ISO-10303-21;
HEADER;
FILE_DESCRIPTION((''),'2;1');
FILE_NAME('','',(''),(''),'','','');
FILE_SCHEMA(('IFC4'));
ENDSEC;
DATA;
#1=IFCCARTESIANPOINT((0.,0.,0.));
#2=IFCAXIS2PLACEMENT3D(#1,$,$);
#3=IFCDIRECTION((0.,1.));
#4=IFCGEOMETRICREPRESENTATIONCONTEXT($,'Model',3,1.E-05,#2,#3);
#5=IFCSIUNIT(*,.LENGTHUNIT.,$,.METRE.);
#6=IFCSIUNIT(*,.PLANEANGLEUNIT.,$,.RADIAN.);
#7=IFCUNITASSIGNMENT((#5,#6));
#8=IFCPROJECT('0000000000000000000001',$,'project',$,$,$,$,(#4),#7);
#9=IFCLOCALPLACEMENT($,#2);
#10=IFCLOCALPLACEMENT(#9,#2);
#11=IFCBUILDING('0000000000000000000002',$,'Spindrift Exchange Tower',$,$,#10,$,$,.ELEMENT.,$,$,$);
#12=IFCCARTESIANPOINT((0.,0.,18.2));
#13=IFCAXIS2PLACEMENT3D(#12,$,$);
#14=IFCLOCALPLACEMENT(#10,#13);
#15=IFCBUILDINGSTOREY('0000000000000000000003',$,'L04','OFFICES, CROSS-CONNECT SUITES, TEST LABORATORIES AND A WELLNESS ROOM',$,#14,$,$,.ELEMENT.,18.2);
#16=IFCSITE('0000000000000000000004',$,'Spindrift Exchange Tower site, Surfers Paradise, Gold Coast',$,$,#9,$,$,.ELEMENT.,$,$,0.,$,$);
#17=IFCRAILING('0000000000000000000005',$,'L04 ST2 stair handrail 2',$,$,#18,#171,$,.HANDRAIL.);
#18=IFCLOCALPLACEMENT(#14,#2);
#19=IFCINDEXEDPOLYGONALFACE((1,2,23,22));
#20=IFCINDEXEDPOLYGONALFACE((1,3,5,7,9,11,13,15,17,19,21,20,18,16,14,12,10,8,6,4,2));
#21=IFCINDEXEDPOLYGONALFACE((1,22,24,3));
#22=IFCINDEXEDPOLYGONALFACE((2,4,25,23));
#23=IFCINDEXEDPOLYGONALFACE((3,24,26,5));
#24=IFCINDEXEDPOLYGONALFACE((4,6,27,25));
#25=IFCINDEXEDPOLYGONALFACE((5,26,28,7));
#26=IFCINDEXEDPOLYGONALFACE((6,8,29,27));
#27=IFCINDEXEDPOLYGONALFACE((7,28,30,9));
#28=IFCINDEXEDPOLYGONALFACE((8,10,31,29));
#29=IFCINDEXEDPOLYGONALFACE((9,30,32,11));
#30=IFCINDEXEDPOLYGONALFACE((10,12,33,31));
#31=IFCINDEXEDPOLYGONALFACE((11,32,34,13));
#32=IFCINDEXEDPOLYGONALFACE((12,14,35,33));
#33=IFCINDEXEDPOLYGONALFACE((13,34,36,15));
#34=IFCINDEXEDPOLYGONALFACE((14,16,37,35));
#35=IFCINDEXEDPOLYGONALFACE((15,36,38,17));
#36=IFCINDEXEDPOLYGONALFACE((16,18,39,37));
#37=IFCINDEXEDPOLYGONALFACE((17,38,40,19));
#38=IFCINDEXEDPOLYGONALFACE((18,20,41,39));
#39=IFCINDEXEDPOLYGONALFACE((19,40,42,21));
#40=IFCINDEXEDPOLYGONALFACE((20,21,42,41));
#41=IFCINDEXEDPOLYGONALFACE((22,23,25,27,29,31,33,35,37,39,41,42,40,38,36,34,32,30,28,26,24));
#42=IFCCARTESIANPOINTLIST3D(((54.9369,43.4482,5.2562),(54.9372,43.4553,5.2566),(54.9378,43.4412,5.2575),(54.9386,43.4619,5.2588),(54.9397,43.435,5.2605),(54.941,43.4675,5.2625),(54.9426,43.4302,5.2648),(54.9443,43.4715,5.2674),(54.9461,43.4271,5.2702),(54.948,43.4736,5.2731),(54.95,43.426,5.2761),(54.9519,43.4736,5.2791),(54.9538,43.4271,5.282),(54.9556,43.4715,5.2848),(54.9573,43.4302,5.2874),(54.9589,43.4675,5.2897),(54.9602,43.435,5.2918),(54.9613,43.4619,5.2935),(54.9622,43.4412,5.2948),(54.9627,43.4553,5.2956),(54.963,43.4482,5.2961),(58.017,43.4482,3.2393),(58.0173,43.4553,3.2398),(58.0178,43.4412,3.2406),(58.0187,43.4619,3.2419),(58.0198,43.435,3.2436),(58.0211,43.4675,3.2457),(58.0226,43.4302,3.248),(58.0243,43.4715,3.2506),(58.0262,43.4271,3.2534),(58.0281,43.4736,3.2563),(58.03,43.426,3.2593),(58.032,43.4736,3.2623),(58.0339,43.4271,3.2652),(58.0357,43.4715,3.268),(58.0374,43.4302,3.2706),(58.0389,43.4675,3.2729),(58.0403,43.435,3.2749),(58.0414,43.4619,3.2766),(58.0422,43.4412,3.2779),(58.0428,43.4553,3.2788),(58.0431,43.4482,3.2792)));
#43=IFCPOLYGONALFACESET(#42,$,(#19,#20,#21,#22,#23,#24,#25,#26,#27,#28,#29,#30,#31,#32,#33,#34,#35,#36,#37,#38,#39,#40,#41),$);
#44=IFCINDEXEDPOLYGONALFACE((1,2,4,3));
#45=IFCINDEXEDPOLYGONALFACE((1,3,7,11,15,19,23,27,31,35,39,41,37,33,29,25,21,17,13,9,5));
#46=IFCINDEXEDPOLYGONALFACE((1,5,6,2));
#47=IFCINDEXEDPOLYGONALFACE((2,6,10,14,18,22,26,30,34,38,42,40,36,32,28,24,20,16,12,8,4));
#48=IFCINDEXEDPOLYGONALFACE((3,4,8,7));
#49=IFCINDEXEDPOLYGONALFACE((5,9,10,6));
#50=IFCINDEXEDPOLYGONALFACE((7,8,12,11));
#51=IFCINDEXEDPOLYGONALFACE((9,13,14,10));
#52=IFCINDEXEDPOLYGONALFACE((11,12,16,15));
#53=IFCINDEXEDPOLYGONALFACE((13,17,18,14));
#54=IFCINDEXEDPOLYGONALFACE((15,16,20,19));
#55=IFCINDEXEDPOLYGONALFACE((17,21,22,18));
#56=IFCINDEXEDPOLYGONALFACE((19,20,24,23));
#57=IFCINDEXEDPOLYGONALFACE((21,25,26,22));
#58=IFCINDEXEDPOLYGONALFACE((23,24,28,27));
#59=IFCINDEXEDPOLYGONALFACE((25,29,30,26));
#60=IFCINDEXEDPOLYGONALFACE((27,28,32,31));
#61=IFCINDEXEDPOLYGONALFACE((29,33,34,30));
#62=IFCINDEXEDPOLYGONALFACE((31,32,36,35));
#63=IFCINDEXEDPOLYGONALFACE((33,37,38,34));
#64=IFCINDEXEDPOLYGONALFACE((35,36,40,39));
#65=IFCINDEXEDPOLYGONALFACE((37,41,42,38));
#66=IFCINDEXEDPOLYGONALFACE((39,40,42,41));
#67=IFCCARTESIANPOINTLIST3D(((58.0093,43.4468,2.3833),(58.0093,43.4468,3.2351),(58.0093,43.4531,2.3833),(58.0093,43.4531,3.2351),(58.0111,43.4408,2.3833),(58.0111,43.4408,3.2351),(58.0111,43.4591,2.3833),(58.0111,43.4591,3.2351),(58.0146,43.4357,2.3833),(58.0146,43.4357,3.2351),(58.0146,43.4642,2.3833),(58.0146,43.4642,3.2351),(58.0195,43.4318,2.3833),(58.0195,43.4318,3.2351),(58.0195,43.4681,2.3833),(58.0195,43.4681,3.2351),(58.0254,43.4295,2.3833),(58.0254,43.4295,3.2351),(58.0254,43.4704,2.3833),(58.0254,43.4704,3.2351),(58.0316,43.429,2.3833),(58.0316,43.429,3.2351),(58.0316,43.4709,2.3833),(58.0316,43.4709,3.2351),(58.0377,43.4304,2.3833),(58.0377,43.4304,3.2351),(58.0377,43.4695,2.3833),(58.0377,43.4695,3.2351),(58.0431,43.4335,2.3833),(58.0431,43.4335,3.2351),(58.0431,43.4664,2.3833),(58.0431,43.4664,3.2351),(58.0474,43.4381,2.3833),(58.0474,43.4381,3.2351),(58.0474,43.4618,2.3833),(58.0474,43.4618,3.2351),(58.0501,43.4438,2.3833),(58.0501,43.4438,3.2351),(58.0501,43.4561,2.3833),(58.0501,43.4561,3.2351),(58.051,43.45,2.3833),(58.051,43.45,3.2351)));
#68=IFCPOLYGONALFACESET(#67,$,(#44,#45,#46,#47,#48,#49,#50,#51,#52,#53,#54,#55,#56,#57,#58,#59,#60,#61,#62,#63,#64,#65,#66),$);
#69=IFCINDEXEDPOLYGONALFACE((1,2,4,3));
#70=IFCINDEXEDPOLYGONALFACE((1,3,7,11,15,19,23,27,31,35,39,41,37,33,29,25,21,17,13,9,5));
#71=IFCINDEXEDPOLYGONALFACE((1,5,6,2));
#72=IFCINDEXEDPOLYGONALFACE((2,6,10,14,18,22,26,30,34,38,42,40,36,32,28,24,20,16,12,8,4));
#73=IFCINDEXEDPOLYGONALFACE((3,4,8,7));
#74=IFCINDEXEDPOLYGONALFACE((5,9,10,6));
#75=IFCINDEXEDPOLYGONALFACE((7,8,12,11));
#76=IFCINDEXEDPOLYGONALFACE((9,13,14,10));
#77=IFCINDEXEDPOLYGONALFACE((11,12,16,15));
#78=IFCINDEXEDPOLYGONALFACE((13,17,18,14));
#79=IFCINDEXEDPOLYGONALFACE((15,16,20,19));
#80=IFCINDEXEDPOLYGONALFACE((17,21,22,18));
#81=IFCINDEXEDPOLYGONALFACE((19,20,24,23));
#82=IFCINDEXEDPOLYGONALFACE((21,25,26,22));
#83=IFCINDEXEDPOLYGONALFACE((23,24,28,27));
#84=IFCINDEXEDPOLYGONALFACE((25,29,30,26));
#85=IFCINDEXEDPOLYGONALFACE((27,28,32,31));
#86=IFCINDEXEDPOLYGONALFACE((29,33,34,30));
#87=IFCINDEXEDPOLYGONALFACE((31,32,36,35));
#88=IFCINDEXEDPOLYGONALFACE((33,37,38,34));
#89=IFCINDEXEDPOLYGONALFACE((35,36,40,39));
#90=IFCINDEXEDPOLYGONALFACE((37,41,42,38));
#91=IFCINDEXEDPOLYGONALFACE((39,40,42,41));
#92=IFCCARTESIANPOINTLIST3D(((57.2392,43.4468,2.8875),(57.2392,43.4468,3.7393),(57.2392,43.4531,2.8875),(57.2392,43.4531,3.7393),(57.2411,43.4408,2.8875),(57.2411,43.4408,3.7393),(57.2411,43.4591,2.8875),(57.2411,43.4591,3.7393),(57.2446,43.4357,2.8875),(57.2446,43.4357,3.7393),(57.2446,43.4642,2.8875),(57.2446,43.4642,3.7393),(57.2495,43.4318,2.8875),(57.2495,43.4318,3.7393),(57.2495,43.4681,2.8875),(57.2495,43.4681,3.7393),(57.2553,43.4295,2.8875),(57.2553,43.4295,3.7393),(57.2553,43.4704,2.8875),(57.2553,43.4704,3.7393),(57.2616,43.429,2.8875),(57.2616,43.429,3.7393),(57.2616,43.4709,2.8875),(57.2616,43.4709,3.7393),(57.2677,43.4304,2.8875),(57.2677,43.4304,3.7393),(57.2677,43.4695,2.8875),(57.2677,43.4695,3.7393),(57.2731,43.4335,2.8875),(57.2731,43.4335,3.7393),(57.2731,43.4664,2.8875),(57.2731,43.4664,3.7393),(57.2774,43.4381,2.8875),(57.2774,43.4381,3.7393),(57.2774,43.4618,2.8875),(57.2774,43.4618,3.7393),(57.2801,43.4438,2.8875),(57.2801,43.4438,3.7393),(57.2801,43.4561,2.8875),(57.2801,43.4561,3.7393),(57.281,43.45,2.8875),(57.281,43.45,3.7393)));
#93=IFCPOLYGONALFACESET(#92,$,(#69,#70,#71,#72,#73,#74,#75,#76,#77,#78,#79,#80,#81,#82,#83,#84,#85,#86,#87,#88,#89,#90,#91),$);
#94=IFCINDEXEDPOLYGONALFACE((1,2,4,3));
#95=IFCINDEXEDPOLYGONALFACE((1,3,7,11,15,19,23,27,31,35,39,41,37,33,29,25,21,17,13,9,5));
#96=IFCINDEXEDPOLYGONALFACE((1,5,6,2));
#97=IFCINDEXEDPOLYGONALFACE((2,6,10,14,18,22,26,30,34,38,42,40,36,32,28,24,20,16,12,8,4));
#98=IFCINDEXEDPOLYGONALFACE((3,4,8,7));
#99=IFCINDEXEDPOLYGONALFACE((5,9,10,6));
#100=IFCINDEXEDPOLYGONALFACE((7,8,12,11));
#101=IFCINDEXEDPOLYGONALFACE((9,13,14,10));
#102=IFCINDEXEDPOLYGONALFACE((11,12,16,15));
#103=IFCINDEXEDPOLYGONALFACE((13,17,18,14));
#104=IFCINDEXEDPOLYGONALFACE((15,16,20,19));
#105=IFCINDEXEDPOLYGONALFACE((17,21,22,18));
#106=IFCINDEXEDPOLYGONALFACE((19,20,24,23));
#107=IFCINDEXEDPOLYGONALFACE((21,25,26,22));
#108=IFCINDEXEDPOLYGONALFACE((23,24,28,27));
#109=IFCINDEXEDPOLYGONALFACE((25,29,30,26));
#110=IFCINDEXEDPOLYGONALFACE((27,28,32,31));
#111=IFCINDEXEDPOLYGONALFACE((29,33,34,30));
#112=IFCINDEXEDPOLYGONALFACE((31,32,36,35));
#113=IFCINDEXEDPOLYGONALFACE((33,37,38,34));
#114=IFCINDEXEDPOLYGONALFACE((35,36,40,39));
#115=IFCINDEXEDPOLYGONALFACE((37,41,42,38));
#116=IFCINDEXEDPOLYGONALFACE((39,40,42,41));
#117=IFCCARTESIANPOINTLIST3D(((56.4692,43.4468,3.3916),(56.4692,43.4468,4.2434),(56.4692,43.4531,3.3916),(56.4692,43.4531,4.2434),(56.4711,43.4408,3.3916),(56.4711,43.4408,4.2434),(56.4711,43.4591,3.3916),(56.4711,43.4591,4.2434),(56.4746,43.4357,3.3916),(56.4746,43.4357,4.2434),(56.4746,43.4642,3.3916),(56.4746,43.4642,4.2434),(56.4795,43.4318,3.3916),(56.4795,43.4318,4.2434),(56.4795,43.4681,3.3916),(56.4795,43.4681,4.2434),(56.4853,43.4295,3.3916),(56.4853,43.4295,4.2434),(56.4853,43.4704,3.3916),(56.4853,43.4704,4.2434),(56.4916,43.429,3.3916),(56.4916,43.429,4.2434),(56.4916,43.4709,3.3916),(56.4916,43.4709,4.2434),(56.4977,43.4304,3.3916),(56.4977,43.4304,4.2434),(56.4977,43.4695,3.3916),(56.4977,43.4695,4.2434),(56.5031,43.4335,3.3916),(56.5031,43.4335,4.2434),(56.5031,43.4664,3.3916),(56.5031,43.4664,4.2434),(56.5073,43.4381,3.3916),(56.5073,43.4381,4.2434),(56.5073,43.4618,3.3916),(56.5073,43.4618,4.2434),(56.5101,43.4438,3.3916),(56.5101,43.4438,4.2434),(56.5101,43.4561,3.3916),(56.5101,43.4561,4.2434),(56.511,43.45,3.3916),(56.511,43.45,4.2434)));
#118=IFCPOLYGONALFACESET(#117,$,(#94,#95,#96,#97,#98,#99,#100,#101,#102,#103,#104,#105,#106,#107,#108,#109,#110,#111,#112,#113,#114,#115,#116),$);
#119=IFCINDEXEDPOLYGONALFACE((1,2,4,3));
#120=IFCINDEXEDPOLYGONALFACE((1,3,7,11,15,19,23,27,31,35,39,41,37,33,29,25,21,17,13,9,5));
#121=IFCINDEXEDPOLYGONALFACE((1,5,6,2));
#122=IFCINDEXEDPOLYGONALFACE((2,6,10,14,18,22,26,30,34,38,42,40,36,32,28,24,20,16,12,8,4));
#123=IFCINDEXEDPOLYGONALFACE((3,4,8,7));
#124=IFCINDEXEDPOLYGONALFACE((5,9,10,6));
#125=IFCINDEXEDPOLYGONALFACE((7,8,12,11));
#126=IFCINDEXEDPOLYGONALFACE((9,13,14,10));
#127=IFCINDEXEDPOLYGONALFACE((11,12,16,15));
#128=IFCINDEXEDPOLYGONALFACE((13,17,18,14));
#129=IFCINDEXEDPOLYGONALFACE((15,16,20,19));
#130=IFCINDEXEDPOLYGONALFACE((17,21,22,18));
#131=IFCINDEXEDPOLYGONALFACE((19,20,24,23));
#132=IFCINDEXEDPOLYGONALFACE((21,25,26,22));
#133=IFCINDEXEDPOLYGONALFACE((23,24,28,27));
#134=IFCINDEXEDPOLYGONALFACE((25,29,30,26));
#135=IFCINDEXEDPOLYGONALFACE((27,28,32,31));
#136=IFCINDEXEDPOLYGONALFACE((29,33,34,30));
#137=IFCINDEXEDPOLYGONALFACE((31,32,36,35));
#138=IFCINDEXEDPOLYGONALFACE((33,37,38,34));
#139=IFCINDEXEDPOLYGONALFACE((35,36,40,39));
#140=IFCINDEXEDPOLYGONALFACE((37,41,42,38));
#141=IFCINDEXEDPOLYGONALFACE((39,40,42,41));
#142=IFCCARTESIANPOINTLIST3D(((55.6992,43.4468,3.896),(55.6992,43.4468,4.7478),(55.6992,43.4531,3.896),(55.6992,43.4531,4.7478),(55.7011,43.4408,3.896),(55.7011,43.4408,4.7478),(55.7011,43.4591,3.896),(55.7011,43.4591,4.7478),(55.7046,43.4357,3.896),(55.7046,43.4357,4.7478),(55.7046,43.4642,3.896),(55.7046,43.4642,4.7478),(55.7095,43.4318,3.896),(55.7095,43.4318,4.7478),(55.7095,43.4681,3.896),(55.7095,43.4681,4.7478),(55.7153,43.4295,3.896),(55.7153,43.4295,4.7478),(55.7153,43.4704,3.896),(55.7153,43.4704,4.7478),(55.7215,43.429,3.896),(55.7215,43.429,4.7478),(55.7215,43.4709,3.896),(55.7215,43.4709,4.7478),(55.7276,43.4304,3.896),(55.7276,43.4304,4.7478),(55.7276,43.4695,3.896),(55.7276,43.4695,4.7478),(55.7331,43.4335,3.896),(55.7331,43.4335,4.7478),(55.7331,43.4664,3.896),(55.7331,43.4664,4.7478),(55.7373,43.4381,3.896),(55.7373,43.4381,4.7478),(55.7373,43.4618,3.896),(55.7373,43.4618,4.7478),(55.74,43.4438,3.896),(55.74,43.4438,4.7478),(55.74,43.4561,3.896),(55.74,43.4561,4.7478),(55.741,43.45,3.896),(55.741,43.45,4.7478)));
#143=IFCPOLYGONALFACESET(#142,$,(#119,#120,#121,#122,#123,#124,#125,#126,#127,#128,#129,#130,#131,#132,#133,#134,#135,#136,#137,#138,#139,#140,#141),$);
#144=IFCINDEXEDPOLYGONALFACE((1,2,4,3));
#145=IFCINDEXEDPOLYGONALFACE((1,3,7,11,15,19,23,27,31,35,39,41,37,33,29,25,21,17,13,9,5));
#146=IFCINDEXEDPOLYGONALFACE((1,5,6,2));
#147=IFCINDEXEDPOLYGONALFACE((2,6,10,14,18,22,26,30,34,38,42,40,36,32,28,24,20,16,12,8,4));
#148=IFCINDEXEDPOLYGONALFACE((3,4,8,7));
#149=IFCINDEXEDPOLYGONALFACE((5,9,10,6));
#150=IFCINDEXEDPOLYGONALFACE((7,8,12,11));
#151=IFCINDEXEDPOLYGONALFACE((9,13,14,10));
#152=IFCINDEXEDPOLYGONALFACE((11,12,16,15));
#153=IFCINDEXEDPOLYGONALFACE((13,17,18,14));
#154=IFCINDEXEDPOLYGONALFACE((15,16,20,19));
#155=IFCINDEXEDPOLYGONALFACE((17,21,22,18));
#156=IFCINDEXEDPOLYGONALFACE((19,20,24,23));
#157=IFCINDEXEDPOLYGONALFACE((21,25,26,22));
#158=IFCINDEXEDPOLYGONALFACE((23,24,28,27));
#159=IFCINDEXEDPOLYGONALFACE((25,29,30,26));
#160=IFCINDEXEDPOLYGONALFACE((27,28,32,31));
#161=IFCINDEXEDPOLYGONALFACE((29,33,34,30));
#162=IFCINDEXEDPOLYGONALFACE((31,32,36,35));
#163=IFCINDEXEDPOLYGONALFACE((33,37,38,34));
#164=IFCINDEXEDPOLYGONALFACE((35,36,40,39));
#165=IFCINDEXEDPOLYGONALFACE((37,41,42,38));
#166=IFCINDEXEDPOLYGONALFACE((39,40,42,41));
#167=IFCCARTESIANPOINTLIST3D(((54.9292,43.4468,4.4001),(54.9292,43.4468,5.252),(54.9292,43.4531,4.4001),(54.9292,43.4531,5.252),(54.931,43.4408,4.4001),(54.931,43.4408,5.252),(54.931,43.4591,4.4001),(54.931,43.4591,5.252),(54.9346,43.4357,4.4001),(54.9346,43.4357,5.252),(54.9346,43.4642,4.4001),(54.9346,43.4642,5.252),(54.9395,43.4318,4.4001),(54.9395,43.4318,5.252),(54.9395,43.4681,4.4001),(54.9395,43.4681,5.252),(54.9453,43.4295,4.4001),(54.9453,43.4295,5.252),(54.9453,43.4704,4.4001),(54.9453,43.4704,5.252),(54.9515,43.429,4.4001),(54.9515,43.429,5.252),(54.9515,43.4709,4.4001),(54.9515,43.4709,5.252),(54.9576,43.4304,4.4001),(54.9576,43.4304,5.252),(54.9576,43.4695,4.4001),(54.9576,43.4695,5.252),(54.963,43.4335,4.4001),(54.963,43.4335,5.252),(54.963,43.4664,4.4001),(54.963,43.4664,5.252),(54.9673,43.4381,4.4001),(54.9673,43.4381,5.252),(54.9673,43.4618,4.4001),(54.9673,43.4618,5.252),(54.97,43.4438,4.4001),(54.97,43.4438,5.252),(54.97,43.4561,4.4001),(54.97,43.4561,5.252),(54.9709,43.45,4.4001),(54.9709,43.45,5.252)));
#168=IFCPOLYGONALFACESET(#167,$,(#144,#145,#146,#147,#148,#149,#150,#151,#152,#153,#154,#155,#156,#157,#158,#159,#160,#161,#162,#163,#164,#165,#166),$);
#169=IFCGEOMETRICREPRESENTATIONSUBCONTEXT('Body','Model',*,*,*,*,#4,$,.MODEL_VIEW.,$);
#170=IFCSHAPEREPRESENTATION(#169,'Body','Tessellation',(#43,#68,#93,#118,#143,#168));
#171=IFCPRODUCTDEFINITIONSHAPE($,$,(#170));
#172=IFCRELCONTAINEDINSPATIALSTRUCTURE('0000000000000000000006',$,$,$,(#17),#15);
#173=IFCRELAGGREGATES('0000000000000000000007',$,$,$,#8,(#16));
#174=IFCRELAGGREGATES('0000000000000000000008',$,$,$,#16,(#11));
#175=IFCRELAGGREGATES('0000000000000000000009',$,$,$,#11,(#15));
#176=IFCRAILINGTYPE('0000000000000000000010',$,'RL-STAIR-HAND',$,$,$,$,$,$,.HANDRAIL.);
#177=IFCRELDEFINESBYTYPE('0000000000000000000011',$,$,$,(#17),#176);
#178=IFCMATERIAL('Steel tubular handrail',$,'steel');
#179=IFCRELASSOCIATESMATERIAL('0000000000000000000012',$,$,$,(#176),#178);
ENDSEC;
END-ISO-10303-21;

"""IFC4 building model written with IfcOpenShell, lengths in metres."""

from ifc_helpers import new_model, si_unit, direction, frame, origin, origin_2d, place, context, subcontext, project, spatial, circle, extrude, material, type_object, element, save


model = new_model("IFC4")

# Units and contexts
model_context = context("Model", 3, precision=1e-05, world=origin(), true_north=direction((0.0, 1.0)))
body_context = subcontext(model_context, "Body", "Model", "MODEL_VIEW")
ifc_project = project(units=[si_unit("LENGTHUNIT", "METRE"), si_unit("PLANEANGLEUNIT", "RADIAN")], contexts=[model_context])

# Site, building, storey
site_placement = place(None, origin())
site = spatial("IfcSite", under=ifc_project, at=site_placement, Name="Spindrift Exchange Tower site, Surfers Paradise, Gold Coast", CompositionType="ELEMENT", RefElevation=0.0)
building_placement = place(site_placement, origin())
building = spatial("IfcBuilding", under=site, at=building_placement, Name="Spindrift Exchange Tower", CompositionType="ELEMENT")
storey_placement = place(building_placement, frame((0.0, 0.0, 18.2)))
storey = spatial("IfcBuildingStorey", under=building, at=storey_placement, Name="L04", Description="OFFICES, CROSS-CONNECT SUITES, TEST LABORATORIES AND A WELLNESS ROOM", CompositionType="ELEMENT", Elevation=18.2)

# Railing
ifc_material_1 = material(Name="Steel tubular handrail", Category="steel")
railing_type_1 = type_object("IfcRailingType", Name="RL-STAIR-HAND", PredefinedType="HANDRAIL", material=ifc_material_1)
railing_1_placement = place(storey_placement, frame((58.03, 43.45, 2.3833)))
element("IfcRailing", 1, at=railing_1_placement, inside=storey, type_object=railing_type_1, Name="L04 ST2 stair handrail 2", PredefinedType="HANDRAIL", context=body_context, shape_type="SweptSolid", body=[
    extrude(circle(Radius=0.0239, at=origin_2d()), frame((0.0, 0.0, 0.876), z_axis=(-0.836603, 0.0, 0.54781), x_axis=(0.0, -1.0, 0.0)), (0.0, 0.0, 1.0), 3.6816),
    extrude(circle(Radius=0.021, at=origin_2d()), origin(), (0.0, 0.0, 1.0), 0.8518),
    extrude(circle(Radius=0.021, at=origin_2d()), frame((-0.77, 0.0, 0.5042)), (0.0, 0.0, 1.0), 0.8518),
    extrude(circle(Radius=0.021, at=origin_2d()), frame((-1.54, 0.0, 1.0083)), (0.0, 0.0, 1.0), 0.8518),
    extrude(circle(Radius=0.021, at=origin_2d()), frame((-2.3101, 0.0, 1.5127)), (0.0, 0.0, 1.0), 0.8518),
    extrude(circle(Radius=0.021, at=origin_2d()), frame((-3.0801, 0.0, 2.0168)), (0.0, 0.0, 1.0), 0.8518),
])

save(model, "model.ifc")
